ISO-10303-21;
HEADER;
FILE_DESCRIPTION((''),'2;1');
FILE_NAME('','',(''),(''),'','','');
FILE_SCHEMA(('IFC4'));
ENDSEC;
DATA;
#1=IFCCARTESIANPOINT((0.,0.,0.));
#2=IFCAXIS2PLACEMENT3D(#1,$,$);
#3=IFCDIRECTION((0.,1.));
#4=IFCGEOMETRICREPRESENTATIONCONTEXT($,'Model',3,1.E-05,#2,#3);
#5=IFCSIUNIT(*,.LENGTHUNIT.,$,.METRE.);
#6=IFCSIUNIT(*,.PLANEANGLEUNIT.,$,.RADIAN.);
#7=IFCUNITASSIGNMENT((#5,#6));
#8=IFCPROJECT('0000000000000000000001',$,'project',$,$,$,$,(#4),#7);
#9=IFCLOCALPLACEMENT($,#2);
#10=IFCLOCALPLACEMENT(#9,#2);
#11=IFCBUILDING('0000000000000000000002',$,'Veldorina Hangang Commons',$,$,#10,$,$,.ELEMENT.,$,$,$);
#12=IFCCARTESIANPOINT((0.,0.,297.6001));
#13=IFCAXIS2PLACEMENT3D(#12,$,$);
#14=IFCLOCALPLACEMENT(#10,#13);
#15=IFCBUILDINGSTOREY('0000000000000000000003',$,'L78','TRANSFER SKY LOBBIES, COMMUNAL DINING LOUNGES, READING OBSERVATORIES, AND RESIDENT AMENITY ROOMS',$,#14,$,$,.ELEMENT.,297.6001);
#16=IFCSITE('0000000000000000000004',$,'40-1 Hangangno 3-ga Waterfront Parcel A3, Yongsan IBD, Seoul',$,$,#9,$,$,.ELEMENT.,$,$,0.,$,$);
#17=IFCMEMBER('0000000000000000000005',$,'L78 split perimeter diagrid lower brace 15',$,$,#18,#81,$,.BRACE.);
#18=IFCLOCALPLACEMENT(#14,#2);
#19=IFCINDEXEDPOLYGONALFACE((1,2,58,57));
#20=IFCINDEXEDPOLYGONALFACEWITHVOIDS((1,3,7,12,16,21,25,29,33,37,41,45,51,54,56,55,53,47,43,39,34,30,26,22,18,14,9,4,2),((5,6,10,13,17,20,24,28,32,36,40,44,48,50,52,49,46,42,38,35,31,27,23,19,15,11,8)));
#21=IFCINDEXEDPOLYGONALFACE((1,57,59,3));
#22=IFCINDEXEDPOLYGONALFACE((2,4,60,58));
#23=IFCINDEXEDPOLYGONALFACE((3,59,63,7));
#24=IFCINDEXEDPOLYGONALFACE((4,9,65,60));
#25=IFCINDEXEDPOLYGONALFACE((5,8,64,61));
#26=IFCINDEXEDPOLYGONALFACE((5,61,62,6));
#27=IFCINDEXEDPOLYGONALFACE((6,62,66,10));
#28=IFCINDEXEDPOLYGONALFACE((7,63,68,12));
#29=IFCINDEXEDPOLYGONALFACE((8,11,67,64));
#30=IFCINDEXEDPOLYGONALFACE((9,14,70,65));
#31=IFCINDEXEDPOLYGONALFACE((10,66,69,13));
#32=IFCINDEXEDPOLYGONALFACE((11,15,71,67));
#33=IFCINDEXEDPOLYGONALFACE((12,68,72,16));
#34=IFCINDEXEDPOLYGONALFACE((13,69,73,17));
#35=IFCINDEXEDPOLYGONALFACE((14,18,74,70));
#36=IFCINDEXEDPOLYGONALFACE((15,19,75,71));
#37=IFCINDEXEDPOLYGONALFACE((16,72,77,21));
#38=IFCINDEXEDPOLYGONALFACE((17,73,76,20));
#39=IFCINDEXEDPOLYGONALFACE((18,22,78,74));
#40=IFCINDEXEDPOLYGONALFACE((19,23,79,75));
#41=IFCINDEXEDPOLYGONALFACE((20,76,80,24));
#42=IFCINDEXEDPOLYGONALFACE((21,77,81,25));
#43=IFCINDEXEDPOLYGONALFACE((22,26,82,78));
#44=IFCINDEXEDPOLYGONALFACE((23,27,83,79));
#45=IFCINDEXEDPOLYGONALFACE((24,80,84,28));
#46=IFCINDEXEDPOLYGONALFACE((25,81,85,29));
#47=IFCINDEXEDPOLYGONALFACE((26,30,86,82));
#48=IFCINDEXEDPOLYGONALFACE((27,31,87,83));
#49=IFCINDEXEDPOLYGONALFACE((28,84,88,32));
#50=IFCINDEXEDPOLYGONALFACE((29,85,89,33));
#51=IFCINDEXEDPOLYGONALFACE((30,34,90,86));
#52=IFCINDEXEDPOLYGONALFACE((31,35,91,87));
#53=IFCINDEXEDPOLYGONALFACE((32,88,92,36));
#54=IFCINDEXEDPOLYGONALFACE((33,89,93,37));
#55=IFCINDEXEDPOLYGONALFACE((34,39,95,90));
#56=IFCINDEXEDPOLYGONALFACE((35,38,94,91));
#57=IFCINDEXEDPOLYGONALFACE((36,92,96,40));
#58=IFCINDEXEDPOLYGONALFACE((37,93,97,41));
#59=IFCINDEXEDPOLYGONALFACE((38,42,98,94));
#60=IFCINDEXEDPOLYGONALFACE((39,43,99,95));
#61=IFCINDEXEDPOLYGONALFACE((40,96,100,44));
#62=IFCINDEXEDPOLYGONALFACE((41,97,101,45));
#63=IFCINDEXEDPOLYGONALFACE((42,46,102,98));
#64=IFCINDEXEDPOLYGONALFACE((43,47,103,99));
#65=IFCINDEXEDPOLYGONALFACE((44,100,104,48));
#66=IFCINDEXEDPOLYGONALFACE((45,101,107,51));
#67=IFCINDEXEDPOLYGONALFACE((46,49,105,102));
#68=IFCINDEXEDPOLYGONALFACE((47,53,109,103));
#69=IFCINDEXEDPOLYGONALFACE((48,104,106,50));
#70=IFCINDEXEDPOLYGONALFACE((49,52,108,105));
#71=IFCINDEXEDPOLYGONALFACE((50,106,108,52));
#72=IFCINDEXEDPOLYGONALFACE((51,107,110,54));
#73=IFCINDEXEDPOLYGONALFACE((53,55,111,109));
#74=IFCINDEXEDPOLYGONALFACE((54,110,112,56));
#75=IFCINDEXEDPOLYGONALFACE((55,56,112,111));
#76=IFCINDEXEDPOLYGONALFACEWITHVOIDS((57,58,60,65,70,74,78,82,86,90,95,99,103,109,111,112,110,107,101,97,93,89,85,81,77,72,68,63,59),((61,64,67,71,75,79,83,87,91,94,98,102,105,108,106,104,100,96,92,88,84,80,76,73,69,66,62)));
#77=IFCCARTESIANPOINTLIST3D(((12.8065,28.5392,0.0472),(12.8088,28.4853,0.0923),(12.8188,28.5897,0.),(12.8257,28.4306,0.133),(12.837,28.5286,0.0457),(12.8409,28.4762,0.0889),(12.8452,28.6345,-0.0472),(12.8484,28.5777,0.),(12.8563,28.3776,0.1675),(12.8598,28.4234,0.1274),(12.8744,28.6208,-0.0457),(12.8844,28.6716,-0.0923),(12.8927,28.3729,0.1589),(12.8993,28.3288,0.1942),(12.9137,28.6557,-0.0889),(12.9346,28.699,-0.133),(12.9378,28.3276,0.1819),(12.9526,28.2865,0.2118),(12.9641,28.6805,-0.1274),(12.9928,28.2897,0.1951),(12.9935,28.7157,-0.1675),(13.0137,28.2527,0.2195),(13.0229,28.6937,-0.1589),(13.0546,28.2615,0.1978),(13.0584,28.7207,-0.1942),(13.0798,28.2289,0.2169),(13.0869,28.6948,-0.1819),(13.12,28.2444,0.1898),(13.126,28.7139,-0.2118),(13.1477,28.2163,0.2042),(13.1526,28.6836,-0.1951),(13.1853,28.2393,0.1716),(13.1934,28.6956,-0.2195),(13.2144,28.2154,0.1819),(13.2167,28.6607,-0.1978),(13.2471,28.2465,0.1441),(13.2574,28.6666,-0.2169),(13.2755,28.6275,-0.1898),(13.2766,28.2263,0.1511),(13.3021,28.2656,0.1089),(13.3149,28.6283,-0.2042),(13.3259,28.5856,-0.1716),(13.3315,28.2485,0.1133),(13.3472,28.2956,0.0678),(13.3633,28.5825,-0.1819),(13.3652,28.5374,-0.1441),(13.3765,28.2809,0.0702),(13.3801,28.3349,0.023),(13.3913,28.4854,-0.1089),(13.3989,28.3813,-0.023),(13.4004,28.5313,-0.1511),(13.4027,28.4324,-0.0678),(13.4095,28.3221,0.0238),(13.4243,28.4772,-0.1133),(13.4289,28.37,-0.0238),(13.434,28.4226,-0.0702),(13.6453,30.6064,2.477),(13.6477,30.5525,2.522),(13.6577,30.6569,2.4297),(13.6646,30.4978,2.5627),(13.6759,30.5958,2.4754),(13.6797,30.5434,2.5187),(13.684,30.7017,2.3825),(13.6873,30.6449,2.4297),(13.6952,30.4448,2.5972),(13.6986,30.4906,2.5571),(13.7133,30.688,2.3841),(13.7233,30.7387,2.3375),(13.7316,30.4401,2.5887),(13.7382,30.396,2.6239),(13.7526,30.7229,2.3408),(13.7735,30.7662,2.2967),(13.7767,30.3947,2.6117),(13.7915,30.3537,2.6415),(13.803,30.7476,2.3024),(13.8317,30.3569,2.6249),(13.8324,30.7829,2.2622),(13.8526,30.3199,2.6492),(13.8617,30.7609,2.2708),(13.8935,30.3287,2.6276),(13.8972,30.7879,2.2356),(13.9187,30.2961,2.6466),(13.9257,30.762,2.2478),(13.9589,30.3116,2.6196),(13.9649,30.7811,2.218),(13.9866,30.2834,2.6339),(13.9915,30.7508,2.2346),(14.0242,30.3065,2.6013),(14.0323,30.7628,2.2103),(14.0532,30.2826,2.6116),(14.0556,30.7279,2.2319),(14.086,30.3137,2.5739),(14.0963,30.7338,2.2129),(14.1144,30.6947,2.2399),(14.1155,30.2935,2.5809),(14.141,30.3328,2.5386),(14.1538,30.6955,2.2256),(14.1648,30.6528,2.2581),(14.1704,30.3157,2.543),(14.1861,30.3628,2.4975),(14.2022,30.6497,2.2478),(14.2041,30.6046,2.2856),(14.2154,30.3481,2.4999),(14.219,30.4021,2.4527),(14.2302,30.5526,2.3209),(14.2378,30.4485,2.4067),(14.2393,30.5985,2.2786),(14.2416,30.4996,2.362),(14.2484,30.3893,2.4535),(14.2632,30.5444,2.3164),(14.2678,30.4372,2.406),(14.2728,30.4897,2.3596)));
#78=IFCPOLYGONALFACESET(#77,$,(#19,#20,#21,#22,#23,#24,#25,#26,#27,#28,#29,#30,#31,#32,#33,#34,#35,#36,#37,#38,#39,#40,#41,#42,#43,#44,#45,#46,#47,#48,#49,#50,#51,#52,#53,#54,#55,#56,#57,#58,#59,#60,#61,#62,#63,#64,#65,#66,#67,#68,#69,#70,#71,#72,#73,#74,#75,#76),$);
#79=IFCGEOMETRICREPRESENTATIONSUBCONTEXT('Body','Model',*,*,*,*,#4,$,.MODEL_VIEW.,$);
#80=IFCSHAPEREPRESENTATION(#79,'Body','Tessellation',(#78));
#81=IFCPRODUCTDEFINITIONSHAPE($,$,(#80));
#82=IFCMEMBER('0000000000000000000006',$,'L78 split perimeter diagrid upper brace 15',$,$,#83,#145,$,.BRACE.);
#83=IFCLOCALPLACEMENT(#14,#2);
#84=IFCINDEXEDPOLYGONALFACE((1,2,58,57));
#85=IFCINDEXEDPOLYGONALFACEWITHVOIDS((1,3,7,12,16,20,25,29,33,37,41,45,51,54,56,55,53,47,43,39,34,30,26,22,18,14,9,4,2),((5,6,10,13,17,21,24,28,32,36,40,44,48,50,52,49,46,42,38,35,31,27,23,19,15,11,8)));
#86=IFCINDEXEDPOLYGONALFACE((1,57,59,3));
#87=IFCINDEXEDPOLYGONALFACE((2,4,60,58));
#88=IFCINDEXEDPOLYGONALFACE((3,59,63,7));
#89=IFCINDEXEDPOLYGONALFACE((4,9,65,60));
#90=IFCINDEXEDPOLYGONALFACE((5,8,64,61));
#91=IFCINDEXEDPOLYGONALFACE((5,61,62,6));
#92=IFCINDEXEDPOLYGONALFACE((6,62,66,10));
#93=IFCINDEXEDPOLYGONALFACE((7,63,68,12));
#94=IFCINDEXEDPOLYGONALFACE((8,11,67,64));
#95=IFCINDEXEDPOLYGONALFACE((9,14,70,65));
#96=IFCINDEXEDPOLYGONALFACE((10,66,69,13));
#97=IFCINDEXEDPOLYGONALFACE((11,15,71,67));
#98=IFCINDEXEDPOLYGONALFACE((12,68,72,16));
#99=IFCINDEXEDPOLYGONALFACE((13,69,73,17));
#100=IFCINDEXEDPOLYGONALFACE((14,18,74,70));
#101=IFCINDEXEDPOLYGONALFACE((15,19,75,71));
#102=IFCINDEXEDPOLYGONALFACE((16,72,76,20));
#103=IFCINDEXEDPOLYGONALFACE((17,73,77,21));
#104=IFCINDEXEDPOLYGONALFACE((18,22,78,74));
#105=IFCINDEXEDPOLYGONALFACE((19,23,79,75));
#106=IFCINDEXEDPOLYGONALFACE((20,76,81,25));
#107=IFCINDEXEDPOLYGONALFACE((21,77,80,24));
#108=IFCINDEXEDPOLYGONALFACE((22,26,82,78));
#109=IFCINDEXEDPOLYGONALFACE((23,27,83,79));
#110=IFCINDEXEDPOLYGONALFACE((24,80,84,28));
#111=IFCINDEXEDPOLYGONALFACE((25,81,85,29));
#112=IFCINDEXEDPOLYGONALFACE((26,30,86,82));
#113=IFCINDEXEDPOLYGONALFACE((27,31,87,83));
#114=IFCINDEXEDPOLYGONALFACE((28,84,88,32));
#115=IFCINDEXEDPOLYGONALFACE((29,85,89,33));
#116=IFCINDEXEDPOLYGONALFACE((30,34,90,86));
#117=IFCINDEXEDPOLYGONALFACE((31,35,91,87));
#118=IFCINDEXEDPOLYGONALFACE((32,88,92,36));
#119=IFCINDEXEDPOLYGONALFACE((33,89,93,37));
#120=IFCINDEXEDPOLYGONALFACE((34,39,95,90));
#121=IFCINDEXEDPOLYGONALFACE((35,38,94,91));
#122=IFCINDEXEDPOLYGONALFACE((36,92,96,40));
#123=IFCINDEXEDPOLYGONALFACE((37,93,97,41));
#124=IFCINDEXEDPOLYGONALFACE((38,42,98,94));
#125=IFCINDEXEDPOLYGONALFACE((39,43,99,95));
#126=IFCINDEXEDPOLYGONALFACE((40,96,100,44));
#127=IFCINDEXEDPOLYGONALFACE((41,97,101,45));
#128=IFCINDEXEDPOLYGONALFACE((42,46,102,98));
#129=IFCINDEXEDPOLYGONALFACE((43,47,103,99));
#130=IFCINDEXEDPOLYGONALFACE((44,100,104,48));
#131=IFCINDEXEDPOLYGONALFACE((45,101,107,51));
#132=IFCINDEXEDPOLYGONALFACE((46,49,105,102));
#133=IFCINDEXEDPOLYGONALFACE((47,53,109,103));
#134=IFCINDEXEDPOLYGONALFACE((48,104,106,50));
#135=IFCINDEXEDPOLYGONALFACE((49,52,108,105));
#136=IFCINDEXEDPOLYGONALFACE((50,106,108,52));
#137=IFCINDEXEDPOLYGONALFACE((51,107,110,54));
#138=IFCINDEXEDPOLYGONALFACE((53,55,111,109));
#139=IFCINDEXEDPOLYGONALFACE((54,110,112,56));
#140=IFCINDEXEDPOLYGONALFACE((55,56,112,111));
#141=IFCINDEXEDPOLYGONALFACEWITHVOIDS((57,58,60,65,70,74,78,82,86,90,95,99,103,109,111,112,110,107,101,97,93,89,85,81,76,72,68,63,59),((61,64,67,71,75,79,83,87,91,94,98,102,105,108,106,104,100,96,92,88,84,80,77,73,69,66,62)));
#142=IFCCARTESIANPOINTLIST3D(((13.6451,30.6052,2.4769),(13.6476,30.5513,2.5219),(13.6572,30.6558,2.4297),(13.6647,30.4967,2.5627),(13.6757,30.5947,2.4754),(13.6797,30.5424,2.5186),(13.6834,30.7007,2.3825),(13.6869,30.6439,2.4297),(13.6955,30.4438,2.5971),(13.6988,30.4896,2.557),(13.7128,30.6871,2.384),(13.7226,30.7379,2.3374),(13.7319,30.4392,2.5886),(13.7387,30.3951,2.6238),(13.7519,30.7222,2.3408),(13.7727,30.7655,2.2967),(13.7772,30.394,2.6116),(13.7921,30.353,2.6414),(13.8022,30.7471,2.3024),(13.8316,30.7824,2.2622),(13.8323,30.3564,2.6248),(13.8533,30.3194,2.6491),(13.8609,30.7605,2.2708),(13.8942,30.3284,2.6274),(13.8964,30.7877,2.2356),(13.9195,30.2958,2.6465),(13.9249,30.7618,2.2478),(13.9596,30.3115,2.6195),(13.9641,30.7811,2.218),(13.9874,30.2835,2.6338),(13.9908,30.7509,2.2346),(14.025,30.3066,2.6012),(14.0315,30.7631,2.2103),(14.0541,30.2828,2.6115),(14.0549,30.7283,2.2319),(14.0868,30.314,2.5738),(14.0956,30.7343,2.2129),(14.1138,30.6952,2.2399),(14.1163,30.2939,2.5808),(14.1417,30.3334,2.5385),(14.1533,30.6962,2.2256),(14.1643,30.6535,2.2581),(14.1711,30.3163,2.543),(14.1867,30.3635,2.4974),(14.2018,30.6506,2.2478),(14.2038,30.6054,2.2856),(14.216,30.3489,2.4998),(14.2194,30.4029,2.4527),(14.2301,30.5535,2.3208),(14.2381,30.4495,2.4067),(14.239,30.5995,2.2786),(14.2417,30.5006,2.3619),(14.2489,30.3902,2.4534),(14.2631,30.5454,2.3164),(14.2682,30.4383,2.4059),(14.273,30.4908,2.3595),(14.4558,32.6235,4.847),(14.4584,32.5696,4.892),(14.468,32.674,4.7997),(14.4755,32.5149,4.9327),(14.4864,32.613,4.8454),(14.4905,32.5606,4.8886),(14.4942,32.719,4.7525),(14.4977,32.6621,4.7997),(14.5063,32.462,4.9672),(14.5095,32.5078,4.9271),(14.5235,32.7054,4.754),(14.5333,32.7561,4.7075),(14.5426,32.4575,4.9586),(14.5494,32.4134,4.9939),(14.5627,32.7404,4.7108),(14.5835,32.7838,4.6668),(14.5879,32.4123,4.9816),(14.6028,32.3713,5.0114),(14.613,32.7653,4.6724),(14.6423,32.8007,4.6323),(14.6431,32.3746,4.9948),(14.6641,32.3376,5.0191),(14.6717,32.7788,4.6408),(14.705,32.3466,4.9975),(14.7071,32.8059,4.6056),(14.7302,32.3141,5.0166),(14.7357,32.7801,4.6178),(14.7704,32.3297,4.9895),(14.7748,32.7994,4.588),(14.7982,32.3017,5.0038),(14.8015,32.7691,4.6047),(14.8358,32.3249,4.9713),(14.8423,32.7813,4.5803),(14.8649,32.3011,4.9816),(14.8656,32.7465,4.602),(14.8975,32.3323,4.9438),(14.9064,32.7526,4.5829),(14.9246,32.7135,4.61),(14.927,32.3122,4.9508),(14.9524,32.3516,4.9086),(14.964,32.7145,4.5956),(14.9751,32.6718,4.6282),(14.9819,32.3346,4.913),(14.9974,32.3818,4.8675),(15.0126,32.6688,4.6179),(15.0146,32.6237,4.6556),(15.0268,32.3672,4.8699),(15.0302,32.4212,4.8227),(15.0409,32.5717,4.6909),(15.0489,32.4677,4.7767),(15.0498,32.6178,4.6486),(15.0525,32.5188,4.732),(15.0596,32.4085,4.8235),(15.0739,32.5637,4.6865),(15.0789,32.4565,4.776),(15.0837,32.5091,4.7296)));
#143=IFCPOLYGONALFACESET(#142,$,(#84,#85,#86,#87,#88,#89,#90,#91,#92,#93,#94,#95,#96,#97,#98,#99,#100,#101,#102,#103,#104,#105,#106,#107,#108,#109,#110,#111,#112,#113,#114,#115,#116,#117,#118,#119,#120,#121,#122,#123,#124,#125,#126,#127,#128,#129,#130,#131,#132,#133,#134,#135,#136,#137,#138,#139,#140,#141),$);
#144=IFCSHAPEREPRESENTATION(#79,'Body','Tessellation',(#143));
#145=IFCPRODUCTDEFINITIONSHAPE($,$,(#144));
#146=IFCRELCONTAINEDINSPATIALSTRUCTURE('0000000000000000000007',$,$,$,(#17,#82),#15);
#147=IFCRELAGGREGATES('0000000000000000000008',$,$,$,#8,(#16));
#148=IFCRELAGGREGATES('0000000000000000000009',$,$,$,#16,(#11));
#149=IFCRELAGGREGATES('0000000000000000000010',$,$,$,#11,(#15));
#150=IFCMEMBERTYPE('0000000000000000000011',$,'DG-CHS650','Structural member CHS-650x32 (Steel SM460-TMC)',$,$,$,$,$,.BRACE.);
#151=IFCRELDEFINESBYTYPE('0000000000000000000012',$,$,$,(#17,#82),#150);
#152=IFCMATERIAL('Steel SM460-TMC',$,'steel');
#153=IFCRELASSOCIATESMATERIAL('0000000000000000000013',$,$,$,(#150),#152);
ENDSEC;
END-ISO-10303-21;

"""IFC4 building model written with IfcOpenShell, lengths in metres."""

from ifc_helpers import new_model, si_unit, direction, frame, origin, origin_2d, place, context, subcontext, project, spatial, hollow_circle, extrude, material, material_profile, profile_set, type_object, element, save


model = new_model("IFC4")

# Units and contexts
model_context = context("Model", 3, precision=1e-05, world=origin(), true_north=direction((0.0, 1.0)))
body_context = subcontext(model_context, "Body", "Model", "MODEL_VIEW")
ifc_project = project(units=[si_unit("LENGTHUNIT", "METRE"), si_unit("PLANEANGLEUNIT", "RADIAN")], contexts=[model_context])

# Site, building, storey
site_placement = place(None, origin())
site = spatial("IfcSite", under=ifc_project, at=site_placement, Name="40-1 Hangangno 3-ga Waterfront Parcel A3, Yongsan IBD, Seoul", CompositionType="ELEMENT", RefElevation=0.0)
building_placement = place(site_placement, origin())
building = spatial("IfcBuilding", under=site, at=building_placement, Name="Veldorina Hangang Commons", CompositionType="ELEMENT")
storey_placement = place(building_placement, frame((0.0, 0.0, 297.6001)))
storey = spatial("IfcBuildingStorey", under=building, at=storey_placement, Name="L78", Description="TRANSFER SKY LOBBIES, COMMUNAL DINING LOUNGES, READING OBSERVATORIES, AND RESIDENT AMENITY ROOMS", CompositionType="ELEMENT", Elevation=297.6001)

# Shared definitions
ifc_material_1 = material(Name="Steel SM460-TMC", Category="steel")

# Members
ifc_material_profile_1 = material_profile(ifc_material_1, hollow_circle(Radius=0.325, WallThickness=0.032, at=origin_2d()), Name="CHS-650x32")
ifc_profile_set_1 = profile_set([ifc_material_profile_1], Name="Steel SM460-TMC")
member_type_1 = type_object("IfcMemberType", Name="DG-CHS650", Description="Structural member CHS-650x32 (Steel SM460-TMC)", PredefinedType="BRACE", material=ifc_profile_set_1)
member_1_placement = place(storey_placement, frame((13.1199, 28.4675, 0.0), z_axis=(0.254317, 0.626689, 0.736602), x_axis=(-0.926608, 0.376028, 0.0)))
element("IfcMember", 1, at=member_1_placement, inside=storey, type_object=member_type_1, Name="L78 split perimeter diagrid lower brace 15", PredefinedType="BRACE", context=body_context, shape_type="SweptSolid", body=[
    extrude(hollow_circle(Radius=0.325, WallThickness=0.032, at=origin_2d()), origin(), (0.0, 0.0, 1.0), 3.2986),
])
member_2_placement = place(storey_placement, frame((13.9587, 30.5347, 2.4297), z_axis=(0.252041, 0.627409, 0.736772), x_axis=(-0.927926, 0.372764, 0.0)))
element("IfcMember", 2, at=member_2_placement, inside=storey, type_object=member_type_1, Name="L78 split perimeter diagrid upper brace 15", PredefinedType="BRACE", context=body_context, shape_type="SweptSolid", body=[
    extrude(hollow_circle(Radius=0.325, WallThickness=0.032, at=origin_2d()), origin(), (0.0, 0.0, 1.0), 3.2168),
])

save(model, "model.ifc")
